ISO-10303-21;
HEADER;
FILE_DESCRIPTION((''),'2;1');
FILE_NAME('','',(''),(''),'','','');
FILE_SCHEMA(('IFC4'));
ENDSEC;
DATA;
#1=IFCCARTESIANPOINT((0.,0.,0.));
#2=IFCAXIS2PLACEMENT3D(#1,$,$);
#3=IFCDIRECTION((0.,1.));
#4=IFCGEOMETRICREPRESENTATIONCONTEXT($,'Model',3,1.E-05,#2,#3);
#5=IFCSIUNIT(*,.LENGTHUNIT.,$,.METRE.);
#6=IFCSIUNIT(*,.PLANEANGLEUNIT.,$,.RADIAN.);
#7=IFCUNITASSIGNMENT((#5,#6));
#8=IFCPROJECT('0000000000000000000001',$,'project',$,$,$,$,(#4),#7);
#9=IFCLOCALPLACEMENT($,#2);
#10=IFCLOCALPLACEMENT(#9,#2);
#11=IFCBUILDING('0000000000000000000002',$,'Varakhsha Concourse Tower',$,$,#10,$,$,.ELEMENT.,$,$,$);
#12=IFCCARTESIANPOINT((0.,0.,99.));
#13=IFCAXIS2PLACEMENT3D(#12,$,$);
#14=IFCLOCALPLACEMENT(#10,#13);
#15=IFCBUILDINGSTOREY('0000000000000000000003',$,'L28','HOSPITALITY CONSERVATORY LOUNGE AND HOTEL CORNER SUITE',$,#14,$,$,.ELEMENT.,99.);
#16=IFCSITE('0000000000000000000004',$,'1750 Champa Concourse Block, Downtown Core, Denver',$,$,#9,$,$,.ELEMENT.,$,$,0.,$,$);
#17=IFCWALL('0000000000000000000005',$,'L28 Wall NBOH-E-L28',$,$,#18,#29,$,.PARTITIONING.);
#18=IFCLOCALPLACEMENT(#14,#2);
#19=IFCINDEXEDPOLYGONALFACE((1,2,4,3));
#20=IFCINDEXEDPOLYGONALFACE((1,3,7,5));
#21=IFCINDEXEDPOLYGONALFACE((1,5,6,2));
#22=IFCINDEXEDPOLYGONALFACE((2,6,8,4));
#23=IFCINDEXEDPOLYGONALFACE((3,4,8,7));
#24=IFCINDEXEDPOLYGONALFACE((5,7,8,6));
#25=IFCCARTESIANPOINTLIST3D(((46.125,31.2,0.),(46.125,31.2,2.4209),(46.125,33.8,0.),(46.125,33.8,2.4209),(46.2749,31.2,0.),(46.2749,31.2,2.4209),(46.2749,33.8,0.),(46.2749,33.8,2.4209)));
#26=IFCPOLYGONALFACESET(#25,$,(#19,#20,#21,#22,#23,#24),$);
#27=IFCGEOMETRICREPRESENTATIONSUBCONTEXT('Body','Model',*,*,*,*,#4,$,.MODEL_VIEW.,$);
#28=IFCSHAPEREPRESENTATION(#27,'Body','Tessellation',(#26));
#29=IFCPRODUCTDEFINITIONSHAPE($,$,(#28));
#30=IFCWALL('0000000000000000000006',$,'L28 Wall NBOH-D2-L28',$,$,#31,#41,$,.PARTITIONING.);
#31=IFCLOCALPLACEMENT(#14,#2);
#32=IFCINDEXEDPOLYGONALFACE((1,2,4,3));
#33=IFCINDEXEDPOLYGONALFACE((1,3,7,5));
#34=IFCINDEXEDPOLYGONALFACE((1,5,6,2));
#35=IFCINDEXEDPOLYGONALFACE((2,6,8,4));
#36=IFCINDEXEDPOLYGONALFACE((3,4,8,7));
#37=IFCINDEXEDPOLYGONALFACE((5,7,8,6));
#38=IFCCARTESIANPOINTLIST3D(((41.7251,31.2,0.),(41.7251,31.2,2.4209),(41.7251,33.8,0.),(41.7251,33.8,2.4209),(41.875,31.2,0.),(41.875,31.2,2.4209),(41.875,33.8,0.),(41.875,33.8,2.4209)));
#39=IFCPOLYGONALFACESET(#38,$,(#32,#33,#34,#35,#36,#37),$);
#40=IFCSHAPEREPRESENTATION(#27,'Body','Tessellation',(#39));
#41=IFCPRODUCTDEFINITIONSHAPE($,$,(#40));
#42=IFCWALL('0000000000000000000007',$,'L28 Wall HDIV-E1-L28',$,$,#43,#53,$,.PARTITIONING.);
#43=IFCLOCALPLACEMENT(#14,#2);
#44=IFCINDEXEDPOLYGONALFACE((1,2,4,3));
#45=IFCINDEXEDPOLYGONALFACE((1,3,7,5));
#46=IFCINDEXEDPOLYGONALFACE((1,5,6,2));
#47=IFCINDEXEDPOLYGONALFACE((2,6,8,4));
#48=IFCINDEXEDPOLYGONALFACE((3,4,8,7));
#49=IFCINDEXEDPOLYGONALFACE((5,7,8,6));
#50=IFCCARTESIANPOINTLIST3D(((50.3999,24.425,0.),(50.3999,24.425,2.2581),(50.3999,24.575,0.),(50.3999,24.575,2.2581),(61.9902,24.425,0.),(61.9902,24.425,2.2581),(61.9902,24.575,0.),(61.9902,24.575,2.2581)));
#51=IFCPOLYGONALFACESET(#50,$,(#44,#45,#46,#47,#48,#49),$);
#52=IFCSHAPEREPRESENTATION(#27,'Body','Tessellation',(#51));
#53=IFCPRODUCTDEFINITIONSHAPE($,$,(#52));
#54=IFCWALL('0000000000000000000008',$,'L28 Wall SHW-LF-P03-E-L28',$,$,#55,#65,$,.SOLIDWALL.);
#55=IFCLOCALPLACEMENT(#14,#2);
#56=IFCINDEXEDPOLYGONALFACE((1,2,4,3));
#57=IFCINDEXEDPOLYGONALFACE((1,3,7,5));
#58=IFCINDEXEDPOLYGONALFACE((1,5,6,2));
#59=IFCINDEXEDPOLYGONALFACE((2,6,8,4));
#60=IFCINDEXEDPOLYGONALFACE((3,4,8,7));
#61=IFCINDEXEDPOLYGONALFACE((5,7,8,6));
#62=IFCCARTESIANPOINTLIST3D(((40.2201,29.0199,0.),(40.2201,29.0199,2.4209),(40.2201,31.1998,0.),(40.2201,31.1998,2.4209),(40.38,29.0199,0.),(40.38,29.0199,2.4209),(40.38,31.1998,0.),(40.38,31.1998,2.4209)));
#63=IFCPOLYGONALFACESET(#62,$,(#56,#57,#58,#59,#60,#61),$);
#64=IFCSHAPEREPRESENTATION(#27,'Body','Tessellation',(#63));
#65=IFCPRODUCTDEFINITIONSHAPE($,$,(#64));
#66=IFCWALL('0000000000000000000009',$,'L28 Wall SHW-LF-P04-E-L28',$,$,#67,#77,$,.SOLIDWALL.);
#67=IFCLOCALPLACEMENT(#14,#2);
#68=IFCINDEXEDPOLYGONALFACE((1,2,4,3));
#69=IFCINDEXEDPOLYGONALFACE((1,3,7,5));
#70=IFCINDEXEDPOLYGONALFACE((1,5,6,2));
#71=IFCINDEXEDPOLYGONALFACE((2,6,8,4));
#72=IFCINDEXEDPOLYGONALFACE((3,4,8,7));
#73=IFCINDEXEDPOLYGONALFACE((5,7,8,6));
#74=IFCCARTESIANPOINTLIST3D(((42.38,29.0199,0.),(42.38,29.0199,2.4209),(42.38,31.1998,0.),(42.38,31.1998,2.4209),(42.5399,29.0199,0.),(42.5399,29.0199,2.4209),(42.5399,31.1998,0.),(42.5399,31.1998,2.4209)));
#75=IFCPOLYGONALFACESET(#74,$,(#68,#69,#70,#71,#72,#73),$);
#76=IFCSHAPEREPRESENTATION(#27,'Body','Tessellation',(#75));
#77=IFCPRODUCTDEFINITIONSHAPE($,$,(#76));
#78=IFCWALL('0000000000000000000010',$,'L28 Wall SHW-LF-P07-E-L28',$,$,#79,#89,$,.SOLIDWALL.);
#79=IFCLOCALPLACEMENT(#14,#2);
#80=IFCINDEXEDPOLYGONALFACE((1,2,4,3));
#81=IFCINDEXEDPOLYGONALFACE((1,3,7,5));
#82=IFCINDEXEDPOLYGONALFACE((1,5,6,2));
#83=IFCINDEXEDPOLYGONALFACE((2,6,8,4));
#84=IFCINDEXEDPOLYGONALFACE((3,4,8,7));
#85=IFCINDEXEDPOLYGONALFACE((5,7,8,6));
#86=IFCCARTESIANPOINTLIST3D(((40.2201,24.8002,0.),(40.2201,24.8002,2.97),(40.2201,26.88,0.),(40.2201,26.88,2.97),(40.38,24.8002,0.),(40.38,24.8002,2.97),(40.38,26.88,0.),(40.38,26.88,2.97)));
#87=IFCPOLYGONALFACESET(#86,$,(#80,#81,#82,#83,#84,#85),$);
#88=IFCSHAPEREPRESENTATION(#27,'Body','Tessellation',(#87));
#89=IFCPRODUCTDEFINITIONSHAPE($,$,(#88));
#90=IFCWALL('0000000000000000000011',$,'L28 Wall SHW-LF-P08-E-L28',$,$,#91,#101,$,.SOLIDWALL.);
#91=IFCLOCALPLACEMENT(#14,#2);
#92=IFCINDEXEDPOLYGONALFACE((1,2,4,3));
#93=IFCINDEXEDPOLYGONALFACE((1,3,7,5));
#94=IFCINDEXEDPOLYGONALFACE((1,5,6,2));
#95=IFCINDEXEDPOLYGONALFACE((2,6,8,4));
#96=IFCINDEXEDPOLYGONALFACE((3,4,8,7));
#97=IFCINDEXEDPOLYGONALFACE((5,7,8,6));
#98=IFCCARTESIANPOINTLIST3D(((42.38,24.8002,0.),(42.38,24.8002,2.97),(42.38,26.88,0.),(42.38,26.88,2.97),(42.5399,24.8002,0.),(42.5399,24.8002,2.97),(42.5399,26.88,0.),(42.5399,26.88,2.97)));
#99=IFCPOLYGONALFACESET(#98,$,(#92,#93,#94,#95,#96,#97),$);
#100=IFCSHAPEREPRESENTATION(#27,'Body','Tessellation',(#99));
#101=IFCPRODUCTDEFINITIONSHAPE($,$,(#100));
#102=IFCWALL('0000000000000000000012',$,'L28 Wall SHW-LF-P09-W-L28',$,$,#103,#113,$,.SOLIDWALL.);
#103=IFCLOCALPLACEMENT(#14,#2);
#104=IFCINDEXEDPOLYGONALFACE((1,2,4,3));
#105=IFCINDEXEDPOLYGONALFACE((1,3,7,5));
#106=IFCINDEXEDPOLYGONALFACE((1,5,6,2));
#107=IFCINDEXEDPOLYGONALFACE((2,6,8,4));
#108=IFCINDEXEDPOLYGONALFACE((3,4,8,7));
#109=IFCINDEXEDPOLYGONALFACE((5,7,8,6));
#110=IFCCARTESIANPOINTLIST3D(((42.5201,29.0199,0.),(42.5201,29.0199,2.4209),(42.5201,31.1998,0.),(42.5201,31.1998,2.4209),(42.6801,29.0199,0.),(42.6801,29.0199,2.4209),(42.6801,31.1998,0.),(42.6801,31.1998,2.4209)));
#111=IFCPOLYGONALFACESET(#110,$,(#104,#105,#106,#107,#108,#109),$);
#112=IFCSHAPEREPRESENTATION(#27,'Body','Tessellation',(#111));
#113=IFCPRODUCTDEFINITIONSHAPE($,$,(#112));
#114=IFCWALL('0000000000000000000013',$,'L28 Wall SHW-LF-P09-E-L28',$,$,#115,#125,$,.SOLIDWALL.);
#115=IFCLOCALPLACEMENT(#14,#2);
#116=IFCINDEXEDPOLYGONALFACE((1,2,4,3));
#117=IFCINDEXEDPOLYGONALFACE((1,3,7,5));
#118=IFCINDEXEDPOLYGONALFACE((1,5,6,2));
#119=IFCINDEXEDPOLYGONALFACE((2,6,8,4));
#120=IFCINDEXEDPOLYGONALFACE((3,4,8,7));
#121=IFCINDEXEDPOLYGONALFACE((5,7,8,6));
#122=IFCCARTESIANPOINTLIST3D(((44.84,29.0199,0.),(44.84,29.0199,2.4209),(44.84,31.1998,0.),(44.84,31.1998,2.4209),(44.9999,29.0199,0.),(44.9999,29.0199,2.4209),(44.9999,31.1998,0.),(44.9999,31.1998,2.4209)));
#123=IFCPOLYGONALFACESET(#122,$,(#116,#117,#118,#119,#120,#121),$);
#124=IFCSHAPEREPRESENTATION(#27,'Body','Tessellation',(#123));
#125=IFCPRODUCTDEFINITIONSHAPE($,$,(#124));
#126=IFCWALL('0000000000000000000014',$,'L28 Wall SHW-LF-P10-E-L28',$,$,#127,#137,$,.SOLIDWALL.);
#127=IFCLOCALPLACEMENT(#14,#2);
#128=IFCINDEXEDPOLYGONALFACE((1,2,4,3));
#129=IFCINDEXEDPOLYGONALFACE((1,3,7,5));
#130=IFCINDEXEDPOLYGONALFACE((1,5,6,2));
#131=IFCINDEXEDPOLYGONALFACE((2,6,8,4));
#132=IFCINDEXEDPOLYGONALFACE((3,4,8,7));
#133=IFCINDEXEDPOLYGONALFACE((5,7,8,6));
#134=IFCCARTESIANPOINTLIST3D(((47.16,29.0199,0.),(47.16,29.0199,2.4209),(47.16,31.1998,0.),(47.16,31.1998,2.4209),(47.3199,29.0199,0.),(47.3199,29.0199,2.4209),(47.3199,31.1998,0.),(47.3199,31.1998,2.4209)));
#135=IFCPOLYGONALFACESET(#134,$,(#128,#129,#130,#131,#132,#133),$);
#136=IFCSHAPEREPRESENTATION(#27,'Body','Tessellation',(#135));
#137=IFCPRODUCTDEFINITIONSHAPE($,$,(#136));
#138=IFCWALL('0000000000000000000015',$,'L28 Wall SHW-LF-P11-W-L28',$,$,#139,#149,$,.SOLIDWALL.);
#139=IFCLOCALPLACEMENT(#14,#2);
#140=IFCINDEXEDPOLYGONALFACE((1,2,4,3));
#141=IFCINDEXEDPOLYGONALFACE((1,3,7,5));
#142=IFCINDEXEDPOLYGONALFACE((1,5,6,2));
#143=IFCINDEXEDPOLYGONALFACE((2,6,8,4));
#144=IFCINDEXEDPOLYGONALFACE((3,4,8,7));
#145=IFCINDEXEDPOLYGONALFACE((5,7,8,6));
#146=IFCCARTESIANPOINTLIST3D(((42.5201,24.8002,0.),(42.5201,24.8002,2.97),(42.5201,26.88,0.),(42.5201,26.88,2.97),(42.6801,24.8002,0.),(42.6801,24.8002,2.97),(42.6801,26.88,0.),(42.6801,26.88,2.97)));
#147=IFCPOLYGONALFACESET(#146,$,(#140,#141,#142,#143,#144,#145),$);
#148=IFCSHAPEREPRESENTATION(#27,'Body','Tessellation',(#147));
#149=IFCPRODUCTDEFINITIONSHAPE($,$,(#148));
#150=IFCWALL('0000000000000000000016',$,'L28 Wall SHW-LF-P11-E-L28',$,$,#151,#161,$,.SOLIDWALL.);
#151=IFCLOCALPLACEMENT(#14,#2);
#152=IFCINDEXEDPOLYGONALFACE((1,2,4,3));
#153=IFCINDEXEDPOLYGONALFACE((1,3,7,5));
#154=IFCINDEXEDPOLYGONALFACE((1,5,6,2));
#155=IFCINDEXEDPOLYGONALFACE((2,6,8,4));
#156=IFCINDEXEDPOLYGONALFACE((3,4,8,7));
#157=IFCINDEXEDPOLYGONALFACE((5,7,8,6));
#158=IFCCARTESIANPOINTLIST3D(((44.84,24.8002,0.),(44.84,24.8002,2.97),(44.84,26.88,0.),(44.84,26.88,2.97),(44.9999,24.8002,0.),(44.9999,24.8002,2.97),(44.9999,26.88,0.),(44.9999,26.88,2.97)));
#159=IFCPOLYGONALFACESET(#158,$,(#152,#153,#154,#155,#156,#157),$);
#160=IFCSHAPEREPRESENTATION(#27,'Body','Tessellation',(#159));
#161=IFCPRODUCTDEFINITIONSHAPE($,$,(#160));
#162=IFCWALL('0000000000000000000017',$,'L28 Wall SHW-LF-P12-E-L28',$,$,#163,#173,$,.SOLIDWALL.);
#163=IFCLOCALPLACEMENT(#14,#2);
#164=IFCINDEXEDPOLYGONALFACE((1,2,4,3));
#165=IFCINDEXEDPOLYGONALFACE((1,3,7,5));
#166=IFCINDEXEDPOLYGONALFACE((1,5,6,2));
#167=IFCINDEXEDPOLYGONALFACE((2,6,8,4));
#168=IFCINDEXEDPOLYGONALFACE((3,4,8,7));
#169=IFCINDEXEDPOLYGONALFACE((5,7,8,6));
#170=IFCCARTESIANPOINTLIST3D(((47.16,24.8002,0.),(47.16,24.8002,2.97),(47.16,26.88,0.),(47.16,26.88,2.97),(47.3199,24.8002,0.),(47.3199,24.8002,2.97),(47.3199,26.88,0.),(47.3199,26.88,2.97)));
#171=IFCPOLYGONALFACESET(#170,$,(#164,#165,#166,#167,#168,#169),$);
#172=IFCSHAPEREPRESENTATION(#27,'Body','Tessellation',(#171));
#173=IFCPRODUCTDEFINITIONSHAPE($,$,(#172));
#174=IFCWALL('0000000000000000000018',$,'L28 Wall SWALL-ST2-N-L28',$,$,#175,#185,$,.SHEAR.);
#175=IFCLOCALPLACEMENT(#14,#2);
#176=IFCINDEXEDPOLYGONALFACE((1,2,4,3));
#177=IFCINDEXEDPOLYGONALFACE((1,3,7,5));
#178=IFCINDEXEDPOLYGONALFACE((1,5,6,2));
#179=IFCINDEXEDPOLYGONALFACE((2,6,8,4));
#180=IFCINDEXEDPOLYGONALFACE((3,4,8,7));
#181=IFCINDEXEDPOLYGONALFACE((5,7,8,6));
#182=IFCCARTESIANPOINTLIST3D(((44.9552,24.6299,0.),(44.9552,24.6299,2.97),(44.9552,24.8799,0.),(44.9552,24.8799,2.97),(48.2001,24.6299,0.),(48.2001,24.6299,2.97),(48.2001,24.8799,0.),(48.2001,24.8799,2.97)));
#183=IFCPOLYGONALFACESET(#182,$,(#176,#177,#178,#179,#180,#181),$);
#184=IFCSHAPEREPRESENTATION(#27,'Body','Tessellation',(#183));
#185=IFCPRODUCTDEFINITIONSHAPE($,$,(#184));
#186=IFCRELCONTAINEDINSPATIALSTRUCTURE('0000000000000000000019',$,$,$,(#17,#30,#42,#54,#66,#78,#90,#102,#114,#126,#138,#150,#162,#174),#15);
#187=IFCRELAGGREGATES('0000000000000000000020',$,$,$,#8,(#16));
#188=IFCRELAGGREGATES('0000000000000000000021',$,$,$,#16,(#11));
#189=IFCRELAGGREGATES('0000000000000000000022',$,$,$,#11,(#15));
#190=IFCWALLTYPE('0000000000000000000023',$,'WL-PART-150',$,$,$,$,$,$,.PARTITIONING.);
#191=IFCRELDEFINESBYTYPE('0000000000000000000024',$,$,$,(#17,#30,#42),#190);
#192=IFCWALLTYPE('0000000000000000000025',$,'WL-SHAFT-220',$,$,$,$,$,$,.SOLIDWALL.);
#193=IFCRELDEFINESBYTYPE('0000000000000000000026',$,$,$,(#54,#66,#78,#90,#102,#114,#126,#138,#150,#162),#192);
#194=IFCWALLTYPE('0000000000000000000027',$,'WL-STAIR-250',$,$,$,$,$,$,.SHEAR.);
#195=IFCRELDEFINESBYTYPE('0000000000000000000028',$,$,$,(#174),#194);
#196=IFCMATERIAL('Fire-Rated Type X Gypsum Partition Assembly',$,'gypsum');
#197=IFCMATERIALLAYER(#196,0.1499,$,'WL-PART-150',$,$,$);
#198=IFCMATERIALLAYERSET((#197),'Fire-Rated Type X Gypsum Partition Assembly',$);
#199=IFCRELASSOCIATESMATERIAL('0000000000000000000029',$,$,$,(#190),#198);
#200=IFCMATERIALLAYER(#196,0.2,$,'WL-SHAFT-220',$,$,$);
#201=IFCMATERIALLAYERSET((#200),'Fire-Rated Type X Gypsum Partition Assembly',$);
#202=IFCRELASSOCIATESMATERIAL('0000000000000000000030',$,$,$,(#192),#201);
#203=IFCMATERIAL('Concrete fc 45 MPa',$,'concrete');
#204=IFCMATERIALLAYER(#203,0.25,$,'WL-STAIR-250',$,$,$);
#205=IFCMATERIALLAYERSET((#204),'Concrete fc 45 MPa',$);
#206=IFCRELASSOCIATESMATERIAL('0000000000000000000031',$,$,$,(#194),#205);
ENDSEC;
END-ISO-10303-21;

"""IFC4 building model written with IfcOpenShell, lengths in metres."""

from ifc_helpers import new_model, si_unit, direction, frame, frame_2d, origin, place, context, subcontext, project, spatial, rectangle, extrude, material, layer, layer_set, type_object, element, save


model = new_model("IFC4")

# Units and contexts
model_context = context("Model", 3, precision=1e-05, world=origin(), true_north=direction((0.0, 1.0)))
body_context = subcontext(model_context, "Body", "Model", "MODEL_VIEW")
ifc_project = project(units=[si_unit("LENGTHUNIT", "METRE"), si_unit("PLANEANGLEUNIT", "RADIAN")], contexts=[model_context])

# Site, building, storey
site_placement = place(None, origin())
site = spatial("IfcSite", under=ifc_project, at=site_placement, Name="1750 Champa Concourse Block, Downtown Core, Denver", CompositionType="ELEMENT", RefElevation=0.0)
building_placement = place(site_placement, origin())
building = spatial("IfcBuilding", under=site, at=building_placement, Name="Varakhsha Concourse Tower", CompositionType="ELEMENT")
storey_placement = place(building_placement, frame((0.0, 0.0, 99.0)))
storey = spatial("IfcBuildingStorey", under=building, at=storey_placement, Name="L28", Description="HOSPITALITY CONSERVATORY LOUNGE AND HOTEL CORNER SUITE", CompositionType="ELEMENT", Elevation=99.0)

# Walls
ifc_material_1 = material(Name="Fire-Rated Type X Gypsum Partition Assembly", Category="gypsum")
ifc_layer_1 = layer(ifc_material_1, 0.1499, Name="WL-PART-150")
ifc_layer_set_1 = layer_set([ifc_layer_1], Name="Fire-Rated Type X Gypsum Partition Assembly")
wall_type_1 = type_object("IfcWallType", Name="WL-PART-150", PredefinedType="PARTITIONING", material=ifc_layer_set_1)
for number, where, z_axis, x_axis, name in (
    (1, (46.2, 31.2, 0.0), (0.0, 0.0, 1.0), (0.0, 1.0, 0.0), "L28 Wall NBOH-E-L28"),
    (2, (41.8, 31.2, 0.0), (0.0, 0.0, 1.0), (0.0, 1.0, 0.0), "L28 Wall NBOH-D2-L28"),
):
    element("IfcWall", number, at=place(storey_placement, frame(where, z_axis=z_axis, x_axis=x_axis)), inside=storey, type_object=wall_type_1, Name=name, PredefinedType="PARTITIONING", context=body_context, shape_type="SweptSolid", body=[
        extrude(rectangle(XDim=2.6001, YDim=0.1499, at=frame_2d((1.3, 0.0))), origin(), (0.0, 0.0, 1.0), 2.4209),
    ])
wall_1_placement = place(storey_placement, frame((50.3999, 24.5, 0.0), z_axis=(0.0, 0.0, 1.0), x_axis=(1.0, 0.0, 0.0)))
element("IfcWall", 3, at=wall_1_placement, inside=storey, type_object=wall_type_1, Name="L28 Wall HDIV-E1-L28", PredefinedType="PARTITIONING", context=body_context, shape_type="SweptSolid", body=[
    extrude(rectangle(XDim=11.5903, YDim=0.1499, at=frame_2d((5.7952, 0.0))), origin(), (0.0, 0.0, 1.0), 2.2581),
])
ifc_layer_2 = layer(ifc_material_1, 0.2, Name="WL-SHAFT-220")
ifc_layer_set_2 = layer_set([ifc_layer_2], Name="Fire-Rated Type X Gypsum Partition Assembly")
wall_type_2 = type_object("IfcWallType", Name="WL-SHAFT-220", PredefinedType="SOLIDWALL", material=ifc_layer_set_2)
for number, where, z_axis, x_axis, name in (
    (4, (40.3, 29.02, 0.0), (0.0, 0.0, 1.0), (0.0, 1.0, 0.0), "L28 Wall SHW-LF-P03-E-L28"),
    (5, (42.46, 29.02, 0.0), (0.0, 0.0, 1.0), (0.0, 1.0, 0.0), "L28 Wall SHW-LF-P04-E-L28"),
):
    element("IfcWall", number, at=place(storey_placement, frame(where, z_axis=z_axis, x_axis=x_axis)), inside=storey, type_object=wall_type_2, Name=name, PredefinedType="SOLIDWALL", context=body_context, shape_type="SweptSolid", body=[
        extrude(rectangle(XDim=2.1799, YDim=0.1599, at=frame_2d((1.0898, 0.0))), origin(), (0.0, 0.0, 1.0), 2.4209),
    ])
for number, where, z_axis, x_axis, name in (
    (6, (40.3, 24.8, 0.0), (0.0, 0.0, 1.0), (0.0, 1.0, 0.0), "L28 Wall SHW-LF-P07-E-L28"),
    (7, (42.46, 24.8, 0.0), (0.0, 0.0, 1.0), (0.0, 1.0, 0.0), "L28 Wall SHW-LF-P08-E-L28"),
):
    element("IfcWall", number, at=place(storey_placement, frame(where, z_axis=z_axis, x_axis=x_axis)), inside=storey, type_object=wall_type_2, Name=name, PredefinedType="SOLIDWALL", context=body_context, shape_type="SweptSolid", body=[
        extrude(rectangle(XDim=2.0798, YDim=0.1599, at=frame_2d((1.04, 0.0))), origin(), (0.0, 0.0, 1.0), 2.97),
    ])
for number, where, z_axis, x_axis, name in (
    (8, (42.6001, 29.02, 0.0), (0.0, 0.0, 1.0), (0.0, 1.0, 0.0), "L28 Wall SHW-LF-P09-W-L28"),
    (9, (44.9199, 29.02, 0.0), (0.0, 0.0, 1.0), (0.0, 1.0, 0.0), "L28 Wall SHW-LF-P09-E-L28"),
    (10, (47.24, 29.02, 0.0), (0.0, 0.0, 1.0), (0.0, 1.0, 0.0), "L28 Wall SHW-LF-P10-E-L28"),
):
    element("IfcWall", number, at=place(storey_placement, frame(where, z_axis=z_axis, x_axis=x_axis)), inside=storey, type_object=wall_type_2, Name=name, PredefinedType="SOLIDWALL", context=body_context, shape_type="SweptSolid", body=[
        extrude(rectangle(XDim=2.1799, YDim=0.1599, at=frame_2d((1.0898, 0.0))), origin(), (0.0, 0.0, 1.0), 2.4209),
    ])
for number, where, z_axis, x_axis, name in (
    (11, (42.6001, 24.8, 0.0), (0.0, 0.0, 1.0), (0.0, 1.0, 0.0), "L28 Wall SHW-LF-P11-W-L28"),
    (12, (44.9199, 24.8, 0.0), (0.0, 0.0, 1.0), (0.0, 1.0, 0.0), "L28 Wall SHW-LF-P11-E-L28"),
    (13, (47.24, 24.8, 0.0), (0.0, 0.0, 1.0), (0.0, 1.0, 0.0), "L28 Wall SHW-LF-P12-E-L28"),
):
    element("IfcWall", number, at=place(storey_placement, frame(where, z_axis=z_axis, x_axis=x_axis)), inside=storey, type_object=wall_type_2, Name=name, PredefinedType="SOLIDWALL", context=body_context, shape_type="SweptSolid", body=[
        extrude(rectangle(XDim=2.0798, YDim=0.1599, at=frame_2d((1.04, 0.0))), origin(), (0.0, 0.0, 1.0), 2.97),
    ])
ifc_material_2 = material(Name="Concrete fc 45 MPa", Category="concrete")
ifc_layer_3 = layer(ifc_material_2, 0.25, Name="WL-STAIR-250")
ifc_layer_set_3 = layer_set([ifc_layer_3], Name="Concrete fc 45 MPa")
wall_type_3 = type_object("IfcWallType", Name="WL-STAIR-250", PredefinedType="SHEAR", material=ifc_layer_set_3)
wall_2_placement = place(storey_placement, frame((44.9551, 24.7549, 0.0), z_axis=(0.0, 0.0, 1.0), x_axis=(1.0, 0.0, 0.0)))
element("IfcWall", 14, at=wall_2_placement, inside=storey, type_object=wall_type_3, Name="L28 Wall SWALL-ST2-N-L28", PredefinedType="SHEAR", context=body_context, shape_type="SweptSolid", body=[
    extrude(rectangle(XDim=3.2449, YDim=0.25, at=frame_2d((1.6226, 0.0))), origin(), (0.0, 0.0, 1.0), 2.97),
])

save(model, "model.ifc")
